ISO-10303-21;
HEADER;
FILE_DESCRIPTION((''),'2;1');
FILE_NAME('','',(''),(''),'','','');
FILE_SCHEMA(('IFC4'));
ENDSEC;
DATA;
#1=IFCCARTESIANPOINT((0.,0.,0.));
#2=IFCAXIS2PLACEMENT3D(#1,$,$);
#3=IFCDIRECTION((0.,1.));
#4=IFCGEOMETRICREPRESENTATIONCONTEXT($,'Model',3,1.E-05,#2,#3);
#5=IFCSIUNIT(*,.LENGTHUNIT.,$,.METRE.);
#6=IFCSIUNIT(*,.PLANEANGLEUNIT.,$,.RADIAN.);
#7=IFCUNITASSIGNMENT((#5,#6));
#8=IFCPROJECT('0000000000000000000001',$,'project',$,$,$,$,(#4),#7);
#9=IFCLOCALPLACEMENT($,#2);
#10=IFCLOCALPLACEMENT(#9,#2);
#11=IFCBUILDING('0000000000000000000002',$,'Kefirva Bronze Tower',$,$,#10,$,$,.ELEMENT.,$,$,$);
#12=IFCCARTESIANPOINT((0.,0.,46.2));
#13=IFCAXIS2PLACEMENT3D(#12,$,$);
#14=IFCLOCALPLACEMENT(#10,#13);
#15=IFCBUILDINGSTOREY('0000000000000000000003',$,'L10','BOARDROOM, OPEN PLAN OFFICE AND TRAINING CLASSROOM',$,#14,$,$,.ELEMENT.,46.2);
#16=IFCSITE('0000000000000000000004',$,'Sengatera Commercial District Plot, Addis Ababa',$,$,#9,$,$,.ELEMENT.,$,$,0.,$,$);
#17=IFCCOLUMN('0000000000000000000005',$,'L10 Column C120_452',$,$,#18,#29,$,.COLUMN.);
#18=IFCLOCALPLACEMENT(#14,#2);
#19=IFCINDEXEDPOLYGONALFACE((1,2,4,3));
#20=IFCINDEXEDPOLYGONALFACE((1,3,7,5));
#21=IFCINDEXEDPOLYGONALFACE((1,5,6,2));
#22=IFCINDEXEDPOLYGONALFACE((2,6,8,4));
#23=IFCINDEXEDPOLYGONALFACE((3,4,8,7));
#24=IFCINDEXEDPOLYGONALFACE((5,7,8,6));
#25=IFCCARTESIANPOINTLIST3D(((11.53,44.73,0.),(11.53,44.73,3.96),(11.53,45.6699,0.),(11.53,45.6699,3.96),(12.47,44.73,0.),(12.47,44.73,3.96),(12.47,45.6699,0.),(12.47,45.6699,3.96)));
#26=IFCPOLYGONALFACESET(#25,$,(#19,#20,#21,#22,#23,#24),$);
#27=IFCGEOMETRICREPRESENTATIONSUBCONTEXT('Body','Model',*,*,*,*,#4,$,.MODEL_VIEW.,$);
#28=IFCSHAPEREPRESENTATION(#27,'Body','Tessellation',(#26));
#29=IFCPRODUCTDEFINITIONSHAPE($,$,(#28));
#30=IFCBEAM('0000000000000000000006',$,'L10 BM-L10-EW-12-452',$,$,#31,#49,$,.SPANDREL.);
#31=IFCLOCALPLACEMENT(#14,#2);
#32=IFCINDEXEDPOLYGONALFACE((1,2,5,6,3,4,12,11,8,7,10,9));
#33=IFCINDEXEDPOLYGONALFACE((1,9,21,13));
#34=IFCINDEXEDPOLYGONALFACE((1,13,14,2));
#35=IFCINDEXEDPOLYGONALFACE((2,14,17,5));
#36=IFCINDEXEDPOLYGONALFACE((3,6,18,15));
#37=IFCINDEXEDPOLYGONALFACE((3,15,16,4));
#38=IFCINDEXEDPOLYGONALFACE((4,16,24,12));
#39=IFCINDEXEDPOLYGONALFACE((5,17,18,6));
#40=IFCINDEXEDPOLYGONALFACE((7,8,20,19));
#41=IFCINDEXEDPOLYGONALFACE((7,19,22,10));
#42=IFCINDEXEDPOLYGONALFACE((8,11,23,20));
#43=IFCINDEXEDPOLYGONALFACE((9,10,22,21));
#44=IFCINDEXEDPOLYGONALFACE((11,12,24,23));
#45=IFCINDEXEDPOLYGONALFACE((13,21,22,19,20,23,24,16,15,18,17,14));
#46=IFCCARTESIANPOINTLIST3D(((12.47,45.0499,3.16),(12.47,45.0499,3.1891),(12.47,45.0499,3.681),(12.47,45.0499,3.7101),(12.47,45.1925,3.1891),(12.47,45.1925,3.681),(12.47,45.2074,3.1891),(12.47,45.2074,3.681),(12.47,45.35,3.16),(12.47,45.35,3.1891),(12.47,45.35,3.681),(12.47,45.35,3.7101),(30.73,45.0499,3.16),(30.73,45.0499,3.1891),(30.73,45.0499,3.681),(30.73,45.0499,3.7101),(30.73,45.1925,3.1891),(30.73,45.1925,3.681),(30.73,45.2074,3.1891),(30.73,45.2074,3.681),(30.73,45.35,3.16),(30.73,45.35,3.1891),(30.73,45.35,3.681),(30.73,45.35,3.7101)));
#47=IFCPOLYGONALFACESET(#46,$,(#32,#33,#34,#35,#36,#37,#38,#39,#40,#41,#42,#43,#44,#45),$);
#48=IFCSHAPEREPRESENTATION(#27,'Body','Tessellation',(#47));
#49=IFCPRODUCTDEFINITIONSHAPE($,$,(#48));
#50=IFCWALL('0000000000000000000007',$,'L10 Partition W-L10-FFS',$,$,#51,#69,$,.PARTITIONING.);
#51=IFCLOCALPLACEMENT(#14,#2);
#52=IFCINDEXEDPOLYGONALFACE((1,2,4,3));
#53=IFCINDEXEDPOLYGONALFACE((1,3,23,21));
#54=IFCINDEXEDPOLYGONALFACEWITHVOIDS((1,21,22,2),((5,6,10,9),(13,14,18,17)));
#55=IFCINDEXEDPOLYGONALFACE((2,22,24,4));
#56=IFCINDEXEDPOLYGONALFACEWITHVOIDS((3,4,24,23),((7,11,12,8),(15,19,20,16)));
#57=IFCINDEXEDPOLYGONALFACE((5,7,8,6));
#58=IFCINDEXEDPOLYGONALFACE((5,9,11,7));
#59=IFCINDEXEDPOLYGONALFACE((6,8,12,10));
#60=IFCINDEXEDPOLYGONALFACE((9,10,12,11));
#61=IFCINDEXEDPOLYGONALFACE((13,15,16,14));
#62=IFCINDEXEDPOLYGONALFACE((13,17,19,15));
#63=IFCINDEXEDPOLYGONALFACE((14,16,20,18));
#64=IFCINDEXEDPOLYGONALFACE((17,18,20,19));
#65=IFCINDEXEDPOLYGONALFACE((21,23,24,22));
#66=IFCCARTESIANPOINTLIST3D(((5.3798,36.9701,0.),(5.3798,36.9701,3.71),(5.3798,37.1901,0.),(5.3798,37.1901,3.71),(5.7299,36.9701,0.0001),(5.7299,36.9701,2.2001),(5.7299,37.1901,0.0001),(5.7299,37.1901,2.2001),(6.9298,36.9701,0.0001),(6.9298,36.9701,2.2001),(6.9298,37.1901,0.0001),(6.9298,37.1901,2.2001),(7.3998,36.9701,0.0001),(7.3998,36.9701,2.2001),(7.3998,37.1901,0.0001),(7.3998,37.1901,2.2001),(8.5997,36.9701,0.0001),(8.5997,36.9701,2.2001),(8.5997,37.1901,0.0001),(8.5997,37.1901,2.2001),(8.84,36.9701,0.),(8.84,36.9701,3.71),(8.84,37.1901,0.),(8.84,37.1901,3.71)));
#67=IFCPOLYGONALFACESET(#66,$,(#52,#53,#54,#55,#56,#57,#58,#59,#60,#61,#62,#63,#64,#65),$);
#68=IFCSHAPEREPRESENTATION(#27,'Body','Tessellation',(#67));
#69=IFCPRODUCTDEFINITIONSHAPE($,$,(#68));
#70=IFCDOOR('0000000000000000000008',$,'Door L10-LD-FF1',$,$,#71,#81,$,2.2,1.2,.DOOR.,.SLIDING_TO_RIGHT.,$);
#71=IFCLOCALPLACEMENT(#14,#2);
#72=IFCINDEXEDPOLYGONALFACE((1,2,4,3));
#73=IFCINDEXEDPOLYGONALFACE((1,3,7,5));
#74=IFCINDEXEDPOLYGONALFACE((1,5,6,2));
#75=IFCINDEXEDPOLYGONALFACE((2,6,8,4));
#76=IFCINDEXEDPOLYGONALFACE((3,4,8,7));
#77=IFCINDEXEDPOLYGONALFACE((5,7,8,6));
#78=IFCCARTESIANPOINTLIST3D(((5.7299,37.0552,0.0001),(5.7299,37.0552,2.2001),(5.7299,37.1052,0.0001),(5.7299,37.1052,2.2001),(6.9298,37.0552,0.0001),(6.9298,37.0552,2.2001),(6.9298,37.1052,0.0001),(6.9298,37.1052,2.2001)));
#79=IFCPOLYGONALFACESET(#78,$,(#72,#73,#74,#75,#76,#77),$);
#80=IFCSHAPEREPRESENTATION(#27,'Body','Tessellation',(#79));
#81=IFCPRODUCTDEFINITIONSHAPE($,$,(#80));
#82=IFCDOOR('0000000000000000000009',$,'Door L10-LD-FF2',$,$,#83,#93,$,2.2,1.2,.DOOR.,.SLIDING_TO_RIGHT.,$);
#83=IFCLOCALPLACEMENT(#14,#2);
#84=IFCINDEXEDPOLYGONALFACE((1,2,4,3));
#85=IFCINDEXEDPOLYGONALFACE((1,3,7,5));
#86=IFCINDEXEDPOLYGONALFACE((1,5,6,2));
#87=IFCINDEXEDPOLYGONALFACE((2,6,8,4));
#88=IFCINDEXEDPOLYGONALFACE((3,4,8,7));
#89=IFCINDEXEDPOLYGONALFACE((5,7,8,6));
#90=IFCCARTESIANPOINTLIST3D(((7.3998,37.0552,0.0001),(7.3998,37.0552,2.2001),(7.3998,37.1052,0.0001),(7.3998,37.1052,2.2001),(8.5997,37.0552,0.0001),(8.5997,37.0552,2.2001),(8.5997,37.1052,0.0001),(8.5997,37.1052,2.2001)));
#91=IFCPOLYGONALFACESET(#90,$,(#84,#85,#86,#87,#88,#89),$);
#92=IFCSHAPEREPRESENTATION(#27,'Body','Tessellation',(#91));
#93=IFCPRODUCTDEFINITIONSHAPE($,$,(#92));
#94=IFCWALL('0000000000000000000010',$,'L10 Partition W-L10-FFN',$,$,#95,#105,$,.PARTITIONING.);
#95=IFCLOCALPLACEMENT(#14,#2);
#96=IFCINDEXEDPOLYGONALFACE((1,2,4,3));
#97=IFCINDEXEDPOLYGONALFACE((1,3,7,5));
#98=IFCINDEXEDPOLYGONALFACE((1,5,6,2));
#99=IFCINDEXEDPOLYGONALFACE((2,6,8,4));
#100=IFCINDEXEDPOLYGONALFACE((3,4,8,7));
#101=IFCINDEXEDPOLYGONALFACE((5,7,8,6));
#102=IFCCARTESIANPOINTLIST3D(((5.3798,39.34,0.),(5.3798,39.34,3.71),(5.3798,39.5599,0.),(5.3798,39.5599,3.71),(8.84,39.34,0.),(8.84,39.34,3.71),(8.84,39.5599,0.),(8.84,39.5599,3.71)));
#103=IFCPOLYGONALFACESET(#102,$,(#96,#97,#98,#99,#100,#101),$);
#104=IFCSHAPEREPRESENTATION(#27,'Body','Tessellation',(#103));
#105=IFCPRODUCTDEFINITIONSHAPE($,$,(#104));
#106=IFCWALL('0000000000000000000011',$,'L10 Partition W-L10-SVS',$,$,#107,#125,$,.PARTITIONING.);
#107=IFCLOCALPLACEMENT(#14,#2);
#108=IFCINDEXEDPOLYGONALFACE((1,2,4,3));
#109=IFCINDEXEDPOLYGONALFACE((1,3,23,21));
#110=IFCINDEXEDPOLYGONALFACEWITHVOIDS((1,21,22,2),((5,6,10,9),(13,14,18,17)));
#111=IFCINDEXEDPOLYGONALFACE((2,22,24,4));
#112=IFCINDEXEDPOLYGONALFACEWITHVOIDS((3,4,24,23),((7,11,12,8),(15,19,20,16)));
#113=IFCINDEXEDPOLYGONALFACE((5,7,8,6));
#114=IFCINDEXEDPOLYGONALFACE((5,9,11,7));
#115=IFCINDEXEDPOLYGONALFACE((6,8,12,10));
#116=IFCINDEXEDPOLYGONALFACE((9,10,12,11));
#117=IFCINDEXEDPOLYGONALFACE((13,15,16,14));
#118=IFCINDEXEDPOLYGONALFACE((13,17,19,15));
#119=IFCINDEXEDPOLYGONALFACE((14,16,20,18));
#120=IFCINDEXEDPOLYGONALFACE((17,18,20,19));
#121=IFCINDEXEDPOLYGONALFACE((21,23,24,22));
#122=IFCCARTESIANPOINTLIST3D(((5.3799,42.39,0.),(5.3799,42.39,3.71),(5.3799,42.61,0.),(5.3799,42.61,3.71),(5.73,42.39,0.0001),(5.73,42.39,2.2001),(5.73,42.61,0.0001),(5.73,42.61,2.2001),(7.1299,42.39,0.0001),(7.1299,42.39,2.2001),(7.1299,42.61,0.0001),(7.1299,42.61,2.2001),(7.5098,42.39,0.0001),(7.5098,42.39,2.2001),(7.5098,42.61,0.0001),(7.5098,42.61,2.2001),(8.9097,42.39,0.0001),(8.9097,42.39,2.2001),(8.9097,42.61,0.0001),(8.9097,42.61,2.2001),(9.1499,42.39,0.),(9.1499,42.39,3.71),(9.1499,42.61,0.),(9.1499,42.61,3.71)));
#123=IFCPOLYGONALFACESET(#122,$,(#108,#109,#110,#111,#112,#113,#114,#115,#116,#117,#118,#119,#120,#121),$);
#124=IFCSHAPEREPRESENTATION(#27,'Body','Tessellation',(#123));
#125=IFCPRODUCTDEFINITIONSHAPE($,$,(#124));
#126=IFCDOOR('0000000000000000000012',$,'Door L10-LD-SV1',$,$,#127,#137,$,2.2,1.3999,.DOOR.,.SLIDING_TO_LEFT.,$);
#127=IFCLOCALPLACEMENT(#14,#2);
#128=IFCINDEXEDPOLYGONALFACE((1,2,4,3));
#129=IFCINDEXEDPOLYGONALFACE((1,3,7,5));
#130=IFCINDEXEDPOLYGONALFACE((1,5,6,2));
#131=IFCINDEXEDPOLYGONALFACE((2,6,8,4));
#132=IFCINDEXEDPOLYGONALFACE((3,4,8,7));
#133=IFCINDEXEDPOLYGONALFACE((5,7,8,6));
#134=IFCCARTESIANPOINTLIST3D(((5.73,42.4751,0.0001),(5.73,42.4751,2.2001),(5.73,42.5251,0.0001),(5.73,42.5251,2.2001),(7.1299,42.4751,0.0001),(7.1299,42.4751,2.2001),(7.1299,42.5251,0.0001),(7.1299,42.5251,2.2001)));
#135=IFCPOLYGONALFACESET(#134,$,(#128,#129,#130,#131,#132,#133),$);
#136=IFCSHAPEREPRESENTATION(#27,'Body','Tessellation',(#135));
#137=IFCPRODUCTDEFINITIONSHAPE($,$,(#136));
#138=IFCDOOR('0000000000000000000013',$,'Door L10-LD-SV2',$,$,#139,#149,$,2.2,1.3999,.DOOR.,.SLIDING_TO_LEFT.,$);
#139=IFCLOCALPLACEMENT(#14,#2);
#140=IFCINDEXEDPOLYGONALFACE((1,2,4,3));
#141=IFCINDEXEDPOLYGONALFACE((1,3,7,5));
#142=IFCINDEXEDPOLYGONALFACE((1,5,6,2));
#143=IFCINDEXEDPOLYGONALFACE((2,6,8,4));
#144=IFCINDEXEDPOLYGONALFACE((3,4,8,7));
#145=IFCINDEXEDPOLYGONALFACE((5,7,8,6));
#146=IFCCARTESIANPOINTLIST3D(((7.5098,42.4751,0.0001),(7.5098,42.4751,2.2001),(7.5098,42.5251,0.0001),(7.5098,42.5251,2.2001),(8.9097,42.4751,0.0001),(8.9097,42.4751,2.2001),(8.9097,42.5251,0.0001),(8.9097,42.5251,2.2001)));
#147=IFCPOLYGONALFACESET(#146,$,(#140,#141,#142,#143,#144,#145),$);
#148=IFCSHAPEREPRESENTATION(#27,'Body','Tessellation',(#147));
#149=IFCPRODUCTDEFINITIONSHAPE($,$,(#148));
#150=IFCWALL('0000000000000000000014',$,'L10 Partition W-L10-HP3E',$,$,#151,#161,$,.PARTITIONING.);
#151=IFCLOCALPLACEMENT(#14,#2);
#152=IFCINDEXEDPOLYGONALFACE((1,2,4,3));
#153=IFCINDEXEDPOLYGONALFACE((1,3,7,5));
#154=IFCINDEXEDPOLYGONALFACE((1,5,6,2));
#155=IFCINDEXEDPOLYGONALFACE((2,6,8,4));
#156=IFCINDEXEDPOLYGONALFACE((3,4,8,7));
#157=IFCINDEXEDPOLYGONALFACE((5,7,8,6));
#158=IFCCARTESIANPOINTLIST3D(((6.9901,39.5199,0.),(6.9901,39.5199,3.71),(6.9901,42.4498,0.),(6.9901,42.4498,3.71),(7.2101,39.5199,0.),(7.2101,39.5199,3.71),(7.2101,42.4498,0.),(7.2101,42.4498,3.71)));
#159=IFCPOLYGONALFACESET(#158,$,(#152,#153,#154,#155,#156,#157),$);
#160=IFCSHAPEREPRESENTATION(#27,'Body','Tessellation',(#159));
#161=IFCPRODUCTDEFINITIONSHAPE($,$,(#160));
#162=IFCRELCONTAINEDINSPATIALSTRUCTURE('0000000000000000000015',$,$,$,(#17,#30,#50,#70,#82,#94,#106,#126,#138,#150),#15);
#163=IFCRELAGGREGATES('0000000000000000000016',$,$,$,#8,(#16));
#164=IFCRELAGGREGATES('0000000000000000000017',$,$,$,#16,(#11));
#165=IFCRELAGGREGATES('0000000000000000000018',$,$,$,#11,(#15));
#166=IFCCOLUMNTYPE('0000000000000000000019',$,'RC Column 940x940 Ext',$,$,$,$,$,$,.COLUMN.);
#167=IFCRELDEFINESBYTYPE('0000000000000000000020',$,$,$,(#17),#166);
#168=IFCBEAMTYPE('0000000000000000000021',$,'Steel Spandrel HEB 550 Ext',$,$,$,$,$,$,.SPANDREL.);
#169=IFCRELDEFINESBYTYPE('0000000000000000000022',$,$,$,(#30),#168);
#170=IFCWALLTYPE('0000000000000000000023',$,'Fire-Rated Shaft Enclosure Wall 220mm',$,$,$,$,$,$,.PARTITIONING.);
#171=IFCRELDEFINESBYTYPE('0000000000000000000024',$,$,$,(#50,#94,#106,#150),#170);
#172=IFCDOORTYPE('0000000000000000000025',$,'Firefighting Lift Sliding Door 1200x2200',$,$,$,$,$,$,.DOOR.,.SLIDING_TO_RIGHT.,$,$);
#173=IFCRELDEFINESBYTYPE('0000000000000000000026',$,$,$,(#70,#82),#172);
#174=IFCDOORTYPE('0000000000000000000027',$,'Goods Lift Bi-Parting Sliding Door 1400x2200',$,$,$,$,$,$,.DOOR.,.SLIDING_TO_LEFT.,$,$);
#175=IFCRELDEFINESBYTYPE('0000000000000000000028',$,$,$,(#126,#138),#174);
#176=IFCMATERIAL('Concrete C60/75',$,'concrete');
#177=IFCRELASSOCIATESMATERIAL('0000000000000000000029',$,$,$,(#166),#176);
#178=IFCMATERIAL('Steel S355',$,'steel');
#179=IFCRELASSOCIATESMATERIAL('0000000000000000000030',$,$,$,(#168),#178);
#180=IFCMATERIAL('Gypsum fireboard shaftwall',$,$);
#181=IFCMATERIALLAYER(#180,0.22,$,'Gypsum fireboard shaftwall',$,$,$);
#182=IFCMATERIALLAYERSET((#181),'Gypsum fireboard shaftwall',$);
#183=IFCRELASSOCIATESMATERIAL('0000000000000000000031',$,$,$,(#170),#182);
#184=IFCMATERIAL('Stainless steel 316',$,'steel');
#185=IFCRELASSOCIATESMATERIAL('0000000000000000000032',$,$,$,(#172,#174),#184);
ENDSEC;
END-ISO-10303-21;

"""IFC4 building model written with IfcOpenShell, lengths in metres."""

from ifc_helpers import new_model, si_unit, direction, frame, frame_2d, origin, origin_2d, place, context, subcontext, project, spatial, rectangle, i_section, extrude, material, layer, layer_set, material_profile, profile_set, type_object, element, fill, save


model = new_model("IFC4")

# Units and contexts
model_context = context("Model", 3, precision=1e-05, world=origin(), true_north=direction((0.0, 1.0)))
body_context = subcontext(model_context, "Body", "Model", "MODEL_VIEW")
ifc_project = project(units=[si_unit("LENGTHUNIT", "METRE"), si_unit("PLANEANGLEUNIT", "RADIAN")], contexts=[model_context])

# Site, building, storey
site_placement = place(None, origin())
site = spatial("IfcSite", under=ifc_project, at=site_placement, Name="Sengatera Commercial District Plot, Addis Ababa", CompositionType="ELEMENT", RefElevation=0.0)
building_placement = place(site_placement, origin())
building = spatial("IfcBuilding", under=site, at=building_placement, Name="Kefirva Bronze Tower", CompositionType="ELEMENT")
storey_placement = place(building_placement, frame((0.0, 0.0, 46.2)))
storey = spatial("IfcBuildingStorey", under=building, at=storey_placement, Name="L10", Description="BOARDROOM, OPEN PLAN OFFICE AND TRAINING CLASSROOM", CompositionType="ELEMENT", Elevation=46.2)

# Column
ifc_material_1 = material(Name="Concrete C60/75", Category="concrete")
ifc_material_profile_1 = material_profile(ifc_material_1, rectangle(XDim=0.9399, YDim=0.9399, at=origin_2d()), Name="RC 940x940")
ifc_profile_set_1 = profile_set([ifc_material_profile_1], Name="Concrete C60/75")
column_type = type_object("IfcColumnType", Name="RC Column 940x940 Ext", PredefinedType="COLUMN", material=ifc_profile_set_1)
column_placement = place(storey_placement, frame((12.0, 45.2, 0.0), z_axis=(0.0, 0.0, 1.0), x_axis=(1.0, 0.0, 0.0)))
element("IfcColumn", 1, at=column_placement, inside=storey, type_object=column_type, Name="L10 Column C120_452", PredefinedType="COLUMN", context=body_context, shape_type="SweptSolid", body=[
    extrude(rectangle(XDim=0.9399, YDim=0.9399, at=origin_2d()), origin(), (0.0, 0.0, 1.0), 3.96),
])

# Beam
ifc_material_2 = material(Name="Steel S355", Category="steel")
ifc_material_profile_2 = material_profile(ifc_material_2, i_section(OverallWidth=0.3, OverallDepth=0.55, WebThickness=0.0149, FlangeThickness=0.0291, at=origin_2d()), Name="HEB 550")
ifc_profile_set_2 = profile_set([ifc_material_profile_2], Name="Steel S355")
beam_type = type_object("IfcBeamType", Name="Steel Spandrel HEB 550 Ext", PredefinedType="SPANDREL", material=ifc_profile_set_2)
beam_placement = place(storey_placement, frame((12.47, 45.2, 3.4351), z_axis=(1.0, 0.0, 0.0), x_axis=(0.0, 1.0, 0.0)))
element("IfcBeam", 2, at=beam_placement, inside=storey, type_object=beam_type, Name="L10 BM-L10-EW-12-452", PredefinedType="SPANDREL", context=body_context, shape_type="SweptSolid", body=[
    extrude(i_section(OverallWidth=0.3, OverallDepth=0.55, WebThickness=0.0149, FlangeThickness=0.0291, at=origin_2d()), origin(), (0.0, 0.0, 1.0), 18.26),
])

# Wall, openings, doors
ifc_material_3 = material(Name="Gypsum fireboard shaftwall")
ifc_layer_1 = layer(ifc_material_3, 0.22, Name="Gypsum fireboard shaftwall")
ifc_layer_set_1 = layer_set([ifc_layer_1], Name="Gypsum fireboard shaftwall")
wall_type_1 = type_object("IfcWallType", Name="Fire-Rated Shaft Enclosure Wall 220mm", PredefinedType="PARTITIONING", material=ifc_layer_set_1)
wall_1_placement = place(storey_placement, frame((5.3799, 37.0801, 0.0), z_axis=(0.0, 0.0, 1.0), x_axis=(1.0, 0.0, 0.0)))
wall_1 = element("IfcWall", 3, at=wall_1_placement, inside=storey, type_object=wall_type_1, Name="L10 Partition W-L10-FFS", PredefinedType="PARTITIONING", context=body_context, shape_type="SweptSolid", body=[
    extrude(rectangle(XDim=3.4602, YDim=0.22, at=frame_2d((1.73, 0.0))), origin(), (0.0, 0.0, 1.0), 3.71),
])
opening_1_placement = place(wall_1_placement, frame((1.55, 0.0, 0.0), z_axis=(0.0, 0.0, 1.0), x_axis=(-1.0, 0.0, 0.0)))
opening_1 = element("IfcOpeningElement", 4, at=opening_1_placement, cuts=wall_1, PredefinedType="OPENING", context=body_context, shape_type="SweptSolid", body=[
    extrude(rectangle(XDim=1.2, YDim=2.2, at=frame_2d((0.6001, 1.1001))), frame((0.0, 0.1201, 0.0), z_axis=(0.0, -1.0, 0.0), x_axis=(1.0, 0.0, 0.0)), (0.0, 0.0, 1.0), 0.24),
])
opening_2_placement = place(wall_1_placement, frame((3.22, 0.0, 0.0), z_axis=(0.0, 0.0, 1.0), x_axis=(-1.0, 0.0, 0.0)))
opening_2 = element("IfcOpeningElement", 5, at=opening_2_placement, cuts=wall_1, PredefinedType="OPENING", context=body_context, shape_type="SweptSolid", body=[
    extrude(rectangle(XDim=1.2, YDim=2.2, at=frame_2d((0.6001, 1.1001))), frame((0.0, 0.1201, 0.0), z_axis=(0.0, -1.0, 0.0), x_axis=(1.0, 0.0, 0.0)), (0.0, 0.0, 1.0), 0.24),
])
ifc_material_4 = material(Name="Stainless steel 316", Category="steel")
door_type_1 = type_object("IfcDoorType", Name="Firefighting Lift Sliding Door 1200x2200", OperationType="SLIDING_TO_RIGHT", PredefinedType="DOOR", material=ifc_material_4)
door_1_placement = place(opening_1_placement, origin())
door_1 = element("IfcDoor", 6, at=door_1_placement, inside=storey, type_object=door_type_1, Name="Door L10-LD-FF1", OperationType="SLIDING_TO_RIGHT", OverallHeight=2.2, OverallWidth=1.2, PredefinedType="DOOR", context=body_context, shape_type="SweptSolid", body=[
    extrude(rectangle(XDim=1.2, YDim=2.2, at=frame_2d((0.6001, 1.1001))), frame((0.0, 0.0249, 0.0), z_axis=(0.0, -1.0, 0.0), x_axis=(1.0, 0.0, 0.0)), (0.0, 0.0, 1.0), 0.05),
])
fill(opening_1, door_1)
door_2_placement = place(opening_2_placement, origin())
door_2 = element("IfcDoor", 7, at=door_2_placement, inside=storey, type_object=door_type_1, Name="Door L10-LD-FF2", OperationType="SLIDING_TO_RIGHT", OverallHeight=2.2, OverallWidth=1.2, PredefinedType="DOOR", context=body_context, shape_type="SweptSolid", body=[
    extrude(rectangle(XDim=1.2, YDim=2.2, at=frame_2d((0.6001, 1.1001))), frame((0.0, 0.0249, 0.0), z_axis=(0.0, -1.0, 0.0), x_axis=(1.0, 0.0, 0.0)), (0.0, 0.0, 1.0), 0.05),
])
fill(opening_2, door_2)

# Wall
wall_2_placement = place(storey_placement, frame((5.3799, 39.45, 0.0), z_axis=(0.0, 0.0, 1.0), x_axis=(1.0, 0.0, 0.0)))
element("IfcWall", 8, at=wall_2_placement, inside=storey, type_object=wall_type_1, Name="L10 Partition W-L10-FFN", PredefinedType="PARTITIONING", context=body_context, shape_type="SweptSolid", body=[
    extrude(rectangle(XDim=3.4602, YDim=0.22, at=frame_2d((1.73, 0.0))), origin(), (0.0, 0.0, 1.0), 3.71),
])

# Wall, openings, doors
wall_3_placement = place(storey_placement, frame((5.3799, 42.5, 0.0), z_axis=(0.0, 0.0, 1.0), x_axis=(1.0, 0.0, 0.0)))
wall_3 = element("IfcWall", 9, at=wall_3_placement, inside=storey, type_object=wall_type_1, Name="L10 Partition W-L10-SVS", PredefinedType="PARTITIONING", context=body_context, shape_type="SweptSolid", body=[
    extrude(rectangle(XDim=3.77, YDim=0.22, at=frame_2d((1.885, 0.0))), origin(), (0.0, 0.0, 1.0), 3.71),
])
opening_3_placement = place(wall_3_placement, frame((1.75, 0.0, 0.0), z_axis=(0.0, 0.0, 1.0), x_axis=(-1.0, 0.0, 0.0)))
opening_3 = element("IfcOpeningElement", 10, at=opening_3_placement, cuts=wall_3, PredefinedType="OPENING", context=body_context, shape_type="SweptSolid", body=[
    extrude(rectangle(XDim=1.3999, YDim=2.2, at=frame_2d((0.7, 1.1001))), frame((0.0, 0.1201, 0.0), z_axis=(0.0, -1.0, 0.0), x_axis=(1.0, 0.0, 0.0)), (0.0, 0.0, 1.0), 0.24),
])
opening_4_placement = place(wall_3_placement, frame((3.5298, 0.0, 0.0), z_axis=(0.0, 0.0, 1.0), x_axis=(-1.0, 0.0, 0.0)))
opening_4 = element("IfcOpeningElement", 11, at=opening_4_placement, cuts=wall_3, PredefinedType="OPENING", context=body_context, shape_type="SweptSolid", body=[
    extrude(rectangle(XDim=1.3999, YDim=2.2, at=frame_2d((0.7, 1.1001))), frame((0.0, 0.1201, 0.0), z_axis=(0.0, -1.0, 0.0), x_axis=(1.0, 0.0, 0.0)), (0.0, 0.0, 1.0), 0.24),
])
door_type_2 = type_object("IfcDoorType", Name="Goods Lift Bi-Parting Sliding Door 1400x2200", OperationType="SLIDING_TO_LEFT", PredefinedType="DOOR", material=ifc_material_4)
door_3_placement = place(opening_3_placement, origin())
door_3 = element("IfcDoor", 12, at=door_3_placement, inside=storey, type_object=door_type_2, Name="Door L10-LD-SV1", OperationType="SLIDING_TO_LEFT", OverallHeight=2.2, OverallWidth=1.3999, PredefinedType="DOOR", context=body_context, shape_type="SweptSolid", body=[
    extrude(rectangle(XDim=1.3999, YDim=2.2, at=frame_2d((0.7, 1.1001))), frame((0.0, 0.0249, 0.0), z_axis=(0.0, -1.0, 0.0), x_axis=(1.0, 0.0, 0.0)), (0.0, 0.0, 1.0), 0.05),
])
fill(opening_3, door_3)
door_4_placement = place(opening_4_placement, origin())
door_4 = element("IfcDoor", 13, at=door_4_placement, inside=storey, type_object=door_type_2, Name="Door L10-LD-SV2", OperationType="SLIDING_TO_LEFT", OverallHeight=2.2, OverallWidth=1.3999, PredefinedType="DOOR", context=body_context, shape_type="SweptSolid", body=[
    extrude(rectangle(XDim=1.3999, YDim=2.2, at=frame_2d((0.7, 1.1001))), frame((0.0, 0.0249, 0.0), z_axis=(0.0, -1.0, 0.0), x_axis=(1.0, 0.0, 0.0)), (0.0, 0.0, 1.0), 0.05),
])
fill(opening_4, door_4)

# Wall
wall_4_placement = place(storey_placement, frame((7.1001, 39.52, 0.0), z_axis=(0.0, 0.0, 1.0), x_axis=(0.0, 1.0, 0.0)))
element("IfcWall", 14, at=wall_4_placement, inside=storey, type_object=wall_type_1, Name="L10 Partition W-L10-HP3E", PredefinedType="PARTITIONING", context=body_context, shape_type="SweptSolid", body=[
    extrude(rectangle(XDim=2.9299, YDim=0.22, at=frame_2d((1.4648, 0.0))), origin(), (0.0, 0.0, 1.0), 3.71),
])

save(model, "model.ifc")
